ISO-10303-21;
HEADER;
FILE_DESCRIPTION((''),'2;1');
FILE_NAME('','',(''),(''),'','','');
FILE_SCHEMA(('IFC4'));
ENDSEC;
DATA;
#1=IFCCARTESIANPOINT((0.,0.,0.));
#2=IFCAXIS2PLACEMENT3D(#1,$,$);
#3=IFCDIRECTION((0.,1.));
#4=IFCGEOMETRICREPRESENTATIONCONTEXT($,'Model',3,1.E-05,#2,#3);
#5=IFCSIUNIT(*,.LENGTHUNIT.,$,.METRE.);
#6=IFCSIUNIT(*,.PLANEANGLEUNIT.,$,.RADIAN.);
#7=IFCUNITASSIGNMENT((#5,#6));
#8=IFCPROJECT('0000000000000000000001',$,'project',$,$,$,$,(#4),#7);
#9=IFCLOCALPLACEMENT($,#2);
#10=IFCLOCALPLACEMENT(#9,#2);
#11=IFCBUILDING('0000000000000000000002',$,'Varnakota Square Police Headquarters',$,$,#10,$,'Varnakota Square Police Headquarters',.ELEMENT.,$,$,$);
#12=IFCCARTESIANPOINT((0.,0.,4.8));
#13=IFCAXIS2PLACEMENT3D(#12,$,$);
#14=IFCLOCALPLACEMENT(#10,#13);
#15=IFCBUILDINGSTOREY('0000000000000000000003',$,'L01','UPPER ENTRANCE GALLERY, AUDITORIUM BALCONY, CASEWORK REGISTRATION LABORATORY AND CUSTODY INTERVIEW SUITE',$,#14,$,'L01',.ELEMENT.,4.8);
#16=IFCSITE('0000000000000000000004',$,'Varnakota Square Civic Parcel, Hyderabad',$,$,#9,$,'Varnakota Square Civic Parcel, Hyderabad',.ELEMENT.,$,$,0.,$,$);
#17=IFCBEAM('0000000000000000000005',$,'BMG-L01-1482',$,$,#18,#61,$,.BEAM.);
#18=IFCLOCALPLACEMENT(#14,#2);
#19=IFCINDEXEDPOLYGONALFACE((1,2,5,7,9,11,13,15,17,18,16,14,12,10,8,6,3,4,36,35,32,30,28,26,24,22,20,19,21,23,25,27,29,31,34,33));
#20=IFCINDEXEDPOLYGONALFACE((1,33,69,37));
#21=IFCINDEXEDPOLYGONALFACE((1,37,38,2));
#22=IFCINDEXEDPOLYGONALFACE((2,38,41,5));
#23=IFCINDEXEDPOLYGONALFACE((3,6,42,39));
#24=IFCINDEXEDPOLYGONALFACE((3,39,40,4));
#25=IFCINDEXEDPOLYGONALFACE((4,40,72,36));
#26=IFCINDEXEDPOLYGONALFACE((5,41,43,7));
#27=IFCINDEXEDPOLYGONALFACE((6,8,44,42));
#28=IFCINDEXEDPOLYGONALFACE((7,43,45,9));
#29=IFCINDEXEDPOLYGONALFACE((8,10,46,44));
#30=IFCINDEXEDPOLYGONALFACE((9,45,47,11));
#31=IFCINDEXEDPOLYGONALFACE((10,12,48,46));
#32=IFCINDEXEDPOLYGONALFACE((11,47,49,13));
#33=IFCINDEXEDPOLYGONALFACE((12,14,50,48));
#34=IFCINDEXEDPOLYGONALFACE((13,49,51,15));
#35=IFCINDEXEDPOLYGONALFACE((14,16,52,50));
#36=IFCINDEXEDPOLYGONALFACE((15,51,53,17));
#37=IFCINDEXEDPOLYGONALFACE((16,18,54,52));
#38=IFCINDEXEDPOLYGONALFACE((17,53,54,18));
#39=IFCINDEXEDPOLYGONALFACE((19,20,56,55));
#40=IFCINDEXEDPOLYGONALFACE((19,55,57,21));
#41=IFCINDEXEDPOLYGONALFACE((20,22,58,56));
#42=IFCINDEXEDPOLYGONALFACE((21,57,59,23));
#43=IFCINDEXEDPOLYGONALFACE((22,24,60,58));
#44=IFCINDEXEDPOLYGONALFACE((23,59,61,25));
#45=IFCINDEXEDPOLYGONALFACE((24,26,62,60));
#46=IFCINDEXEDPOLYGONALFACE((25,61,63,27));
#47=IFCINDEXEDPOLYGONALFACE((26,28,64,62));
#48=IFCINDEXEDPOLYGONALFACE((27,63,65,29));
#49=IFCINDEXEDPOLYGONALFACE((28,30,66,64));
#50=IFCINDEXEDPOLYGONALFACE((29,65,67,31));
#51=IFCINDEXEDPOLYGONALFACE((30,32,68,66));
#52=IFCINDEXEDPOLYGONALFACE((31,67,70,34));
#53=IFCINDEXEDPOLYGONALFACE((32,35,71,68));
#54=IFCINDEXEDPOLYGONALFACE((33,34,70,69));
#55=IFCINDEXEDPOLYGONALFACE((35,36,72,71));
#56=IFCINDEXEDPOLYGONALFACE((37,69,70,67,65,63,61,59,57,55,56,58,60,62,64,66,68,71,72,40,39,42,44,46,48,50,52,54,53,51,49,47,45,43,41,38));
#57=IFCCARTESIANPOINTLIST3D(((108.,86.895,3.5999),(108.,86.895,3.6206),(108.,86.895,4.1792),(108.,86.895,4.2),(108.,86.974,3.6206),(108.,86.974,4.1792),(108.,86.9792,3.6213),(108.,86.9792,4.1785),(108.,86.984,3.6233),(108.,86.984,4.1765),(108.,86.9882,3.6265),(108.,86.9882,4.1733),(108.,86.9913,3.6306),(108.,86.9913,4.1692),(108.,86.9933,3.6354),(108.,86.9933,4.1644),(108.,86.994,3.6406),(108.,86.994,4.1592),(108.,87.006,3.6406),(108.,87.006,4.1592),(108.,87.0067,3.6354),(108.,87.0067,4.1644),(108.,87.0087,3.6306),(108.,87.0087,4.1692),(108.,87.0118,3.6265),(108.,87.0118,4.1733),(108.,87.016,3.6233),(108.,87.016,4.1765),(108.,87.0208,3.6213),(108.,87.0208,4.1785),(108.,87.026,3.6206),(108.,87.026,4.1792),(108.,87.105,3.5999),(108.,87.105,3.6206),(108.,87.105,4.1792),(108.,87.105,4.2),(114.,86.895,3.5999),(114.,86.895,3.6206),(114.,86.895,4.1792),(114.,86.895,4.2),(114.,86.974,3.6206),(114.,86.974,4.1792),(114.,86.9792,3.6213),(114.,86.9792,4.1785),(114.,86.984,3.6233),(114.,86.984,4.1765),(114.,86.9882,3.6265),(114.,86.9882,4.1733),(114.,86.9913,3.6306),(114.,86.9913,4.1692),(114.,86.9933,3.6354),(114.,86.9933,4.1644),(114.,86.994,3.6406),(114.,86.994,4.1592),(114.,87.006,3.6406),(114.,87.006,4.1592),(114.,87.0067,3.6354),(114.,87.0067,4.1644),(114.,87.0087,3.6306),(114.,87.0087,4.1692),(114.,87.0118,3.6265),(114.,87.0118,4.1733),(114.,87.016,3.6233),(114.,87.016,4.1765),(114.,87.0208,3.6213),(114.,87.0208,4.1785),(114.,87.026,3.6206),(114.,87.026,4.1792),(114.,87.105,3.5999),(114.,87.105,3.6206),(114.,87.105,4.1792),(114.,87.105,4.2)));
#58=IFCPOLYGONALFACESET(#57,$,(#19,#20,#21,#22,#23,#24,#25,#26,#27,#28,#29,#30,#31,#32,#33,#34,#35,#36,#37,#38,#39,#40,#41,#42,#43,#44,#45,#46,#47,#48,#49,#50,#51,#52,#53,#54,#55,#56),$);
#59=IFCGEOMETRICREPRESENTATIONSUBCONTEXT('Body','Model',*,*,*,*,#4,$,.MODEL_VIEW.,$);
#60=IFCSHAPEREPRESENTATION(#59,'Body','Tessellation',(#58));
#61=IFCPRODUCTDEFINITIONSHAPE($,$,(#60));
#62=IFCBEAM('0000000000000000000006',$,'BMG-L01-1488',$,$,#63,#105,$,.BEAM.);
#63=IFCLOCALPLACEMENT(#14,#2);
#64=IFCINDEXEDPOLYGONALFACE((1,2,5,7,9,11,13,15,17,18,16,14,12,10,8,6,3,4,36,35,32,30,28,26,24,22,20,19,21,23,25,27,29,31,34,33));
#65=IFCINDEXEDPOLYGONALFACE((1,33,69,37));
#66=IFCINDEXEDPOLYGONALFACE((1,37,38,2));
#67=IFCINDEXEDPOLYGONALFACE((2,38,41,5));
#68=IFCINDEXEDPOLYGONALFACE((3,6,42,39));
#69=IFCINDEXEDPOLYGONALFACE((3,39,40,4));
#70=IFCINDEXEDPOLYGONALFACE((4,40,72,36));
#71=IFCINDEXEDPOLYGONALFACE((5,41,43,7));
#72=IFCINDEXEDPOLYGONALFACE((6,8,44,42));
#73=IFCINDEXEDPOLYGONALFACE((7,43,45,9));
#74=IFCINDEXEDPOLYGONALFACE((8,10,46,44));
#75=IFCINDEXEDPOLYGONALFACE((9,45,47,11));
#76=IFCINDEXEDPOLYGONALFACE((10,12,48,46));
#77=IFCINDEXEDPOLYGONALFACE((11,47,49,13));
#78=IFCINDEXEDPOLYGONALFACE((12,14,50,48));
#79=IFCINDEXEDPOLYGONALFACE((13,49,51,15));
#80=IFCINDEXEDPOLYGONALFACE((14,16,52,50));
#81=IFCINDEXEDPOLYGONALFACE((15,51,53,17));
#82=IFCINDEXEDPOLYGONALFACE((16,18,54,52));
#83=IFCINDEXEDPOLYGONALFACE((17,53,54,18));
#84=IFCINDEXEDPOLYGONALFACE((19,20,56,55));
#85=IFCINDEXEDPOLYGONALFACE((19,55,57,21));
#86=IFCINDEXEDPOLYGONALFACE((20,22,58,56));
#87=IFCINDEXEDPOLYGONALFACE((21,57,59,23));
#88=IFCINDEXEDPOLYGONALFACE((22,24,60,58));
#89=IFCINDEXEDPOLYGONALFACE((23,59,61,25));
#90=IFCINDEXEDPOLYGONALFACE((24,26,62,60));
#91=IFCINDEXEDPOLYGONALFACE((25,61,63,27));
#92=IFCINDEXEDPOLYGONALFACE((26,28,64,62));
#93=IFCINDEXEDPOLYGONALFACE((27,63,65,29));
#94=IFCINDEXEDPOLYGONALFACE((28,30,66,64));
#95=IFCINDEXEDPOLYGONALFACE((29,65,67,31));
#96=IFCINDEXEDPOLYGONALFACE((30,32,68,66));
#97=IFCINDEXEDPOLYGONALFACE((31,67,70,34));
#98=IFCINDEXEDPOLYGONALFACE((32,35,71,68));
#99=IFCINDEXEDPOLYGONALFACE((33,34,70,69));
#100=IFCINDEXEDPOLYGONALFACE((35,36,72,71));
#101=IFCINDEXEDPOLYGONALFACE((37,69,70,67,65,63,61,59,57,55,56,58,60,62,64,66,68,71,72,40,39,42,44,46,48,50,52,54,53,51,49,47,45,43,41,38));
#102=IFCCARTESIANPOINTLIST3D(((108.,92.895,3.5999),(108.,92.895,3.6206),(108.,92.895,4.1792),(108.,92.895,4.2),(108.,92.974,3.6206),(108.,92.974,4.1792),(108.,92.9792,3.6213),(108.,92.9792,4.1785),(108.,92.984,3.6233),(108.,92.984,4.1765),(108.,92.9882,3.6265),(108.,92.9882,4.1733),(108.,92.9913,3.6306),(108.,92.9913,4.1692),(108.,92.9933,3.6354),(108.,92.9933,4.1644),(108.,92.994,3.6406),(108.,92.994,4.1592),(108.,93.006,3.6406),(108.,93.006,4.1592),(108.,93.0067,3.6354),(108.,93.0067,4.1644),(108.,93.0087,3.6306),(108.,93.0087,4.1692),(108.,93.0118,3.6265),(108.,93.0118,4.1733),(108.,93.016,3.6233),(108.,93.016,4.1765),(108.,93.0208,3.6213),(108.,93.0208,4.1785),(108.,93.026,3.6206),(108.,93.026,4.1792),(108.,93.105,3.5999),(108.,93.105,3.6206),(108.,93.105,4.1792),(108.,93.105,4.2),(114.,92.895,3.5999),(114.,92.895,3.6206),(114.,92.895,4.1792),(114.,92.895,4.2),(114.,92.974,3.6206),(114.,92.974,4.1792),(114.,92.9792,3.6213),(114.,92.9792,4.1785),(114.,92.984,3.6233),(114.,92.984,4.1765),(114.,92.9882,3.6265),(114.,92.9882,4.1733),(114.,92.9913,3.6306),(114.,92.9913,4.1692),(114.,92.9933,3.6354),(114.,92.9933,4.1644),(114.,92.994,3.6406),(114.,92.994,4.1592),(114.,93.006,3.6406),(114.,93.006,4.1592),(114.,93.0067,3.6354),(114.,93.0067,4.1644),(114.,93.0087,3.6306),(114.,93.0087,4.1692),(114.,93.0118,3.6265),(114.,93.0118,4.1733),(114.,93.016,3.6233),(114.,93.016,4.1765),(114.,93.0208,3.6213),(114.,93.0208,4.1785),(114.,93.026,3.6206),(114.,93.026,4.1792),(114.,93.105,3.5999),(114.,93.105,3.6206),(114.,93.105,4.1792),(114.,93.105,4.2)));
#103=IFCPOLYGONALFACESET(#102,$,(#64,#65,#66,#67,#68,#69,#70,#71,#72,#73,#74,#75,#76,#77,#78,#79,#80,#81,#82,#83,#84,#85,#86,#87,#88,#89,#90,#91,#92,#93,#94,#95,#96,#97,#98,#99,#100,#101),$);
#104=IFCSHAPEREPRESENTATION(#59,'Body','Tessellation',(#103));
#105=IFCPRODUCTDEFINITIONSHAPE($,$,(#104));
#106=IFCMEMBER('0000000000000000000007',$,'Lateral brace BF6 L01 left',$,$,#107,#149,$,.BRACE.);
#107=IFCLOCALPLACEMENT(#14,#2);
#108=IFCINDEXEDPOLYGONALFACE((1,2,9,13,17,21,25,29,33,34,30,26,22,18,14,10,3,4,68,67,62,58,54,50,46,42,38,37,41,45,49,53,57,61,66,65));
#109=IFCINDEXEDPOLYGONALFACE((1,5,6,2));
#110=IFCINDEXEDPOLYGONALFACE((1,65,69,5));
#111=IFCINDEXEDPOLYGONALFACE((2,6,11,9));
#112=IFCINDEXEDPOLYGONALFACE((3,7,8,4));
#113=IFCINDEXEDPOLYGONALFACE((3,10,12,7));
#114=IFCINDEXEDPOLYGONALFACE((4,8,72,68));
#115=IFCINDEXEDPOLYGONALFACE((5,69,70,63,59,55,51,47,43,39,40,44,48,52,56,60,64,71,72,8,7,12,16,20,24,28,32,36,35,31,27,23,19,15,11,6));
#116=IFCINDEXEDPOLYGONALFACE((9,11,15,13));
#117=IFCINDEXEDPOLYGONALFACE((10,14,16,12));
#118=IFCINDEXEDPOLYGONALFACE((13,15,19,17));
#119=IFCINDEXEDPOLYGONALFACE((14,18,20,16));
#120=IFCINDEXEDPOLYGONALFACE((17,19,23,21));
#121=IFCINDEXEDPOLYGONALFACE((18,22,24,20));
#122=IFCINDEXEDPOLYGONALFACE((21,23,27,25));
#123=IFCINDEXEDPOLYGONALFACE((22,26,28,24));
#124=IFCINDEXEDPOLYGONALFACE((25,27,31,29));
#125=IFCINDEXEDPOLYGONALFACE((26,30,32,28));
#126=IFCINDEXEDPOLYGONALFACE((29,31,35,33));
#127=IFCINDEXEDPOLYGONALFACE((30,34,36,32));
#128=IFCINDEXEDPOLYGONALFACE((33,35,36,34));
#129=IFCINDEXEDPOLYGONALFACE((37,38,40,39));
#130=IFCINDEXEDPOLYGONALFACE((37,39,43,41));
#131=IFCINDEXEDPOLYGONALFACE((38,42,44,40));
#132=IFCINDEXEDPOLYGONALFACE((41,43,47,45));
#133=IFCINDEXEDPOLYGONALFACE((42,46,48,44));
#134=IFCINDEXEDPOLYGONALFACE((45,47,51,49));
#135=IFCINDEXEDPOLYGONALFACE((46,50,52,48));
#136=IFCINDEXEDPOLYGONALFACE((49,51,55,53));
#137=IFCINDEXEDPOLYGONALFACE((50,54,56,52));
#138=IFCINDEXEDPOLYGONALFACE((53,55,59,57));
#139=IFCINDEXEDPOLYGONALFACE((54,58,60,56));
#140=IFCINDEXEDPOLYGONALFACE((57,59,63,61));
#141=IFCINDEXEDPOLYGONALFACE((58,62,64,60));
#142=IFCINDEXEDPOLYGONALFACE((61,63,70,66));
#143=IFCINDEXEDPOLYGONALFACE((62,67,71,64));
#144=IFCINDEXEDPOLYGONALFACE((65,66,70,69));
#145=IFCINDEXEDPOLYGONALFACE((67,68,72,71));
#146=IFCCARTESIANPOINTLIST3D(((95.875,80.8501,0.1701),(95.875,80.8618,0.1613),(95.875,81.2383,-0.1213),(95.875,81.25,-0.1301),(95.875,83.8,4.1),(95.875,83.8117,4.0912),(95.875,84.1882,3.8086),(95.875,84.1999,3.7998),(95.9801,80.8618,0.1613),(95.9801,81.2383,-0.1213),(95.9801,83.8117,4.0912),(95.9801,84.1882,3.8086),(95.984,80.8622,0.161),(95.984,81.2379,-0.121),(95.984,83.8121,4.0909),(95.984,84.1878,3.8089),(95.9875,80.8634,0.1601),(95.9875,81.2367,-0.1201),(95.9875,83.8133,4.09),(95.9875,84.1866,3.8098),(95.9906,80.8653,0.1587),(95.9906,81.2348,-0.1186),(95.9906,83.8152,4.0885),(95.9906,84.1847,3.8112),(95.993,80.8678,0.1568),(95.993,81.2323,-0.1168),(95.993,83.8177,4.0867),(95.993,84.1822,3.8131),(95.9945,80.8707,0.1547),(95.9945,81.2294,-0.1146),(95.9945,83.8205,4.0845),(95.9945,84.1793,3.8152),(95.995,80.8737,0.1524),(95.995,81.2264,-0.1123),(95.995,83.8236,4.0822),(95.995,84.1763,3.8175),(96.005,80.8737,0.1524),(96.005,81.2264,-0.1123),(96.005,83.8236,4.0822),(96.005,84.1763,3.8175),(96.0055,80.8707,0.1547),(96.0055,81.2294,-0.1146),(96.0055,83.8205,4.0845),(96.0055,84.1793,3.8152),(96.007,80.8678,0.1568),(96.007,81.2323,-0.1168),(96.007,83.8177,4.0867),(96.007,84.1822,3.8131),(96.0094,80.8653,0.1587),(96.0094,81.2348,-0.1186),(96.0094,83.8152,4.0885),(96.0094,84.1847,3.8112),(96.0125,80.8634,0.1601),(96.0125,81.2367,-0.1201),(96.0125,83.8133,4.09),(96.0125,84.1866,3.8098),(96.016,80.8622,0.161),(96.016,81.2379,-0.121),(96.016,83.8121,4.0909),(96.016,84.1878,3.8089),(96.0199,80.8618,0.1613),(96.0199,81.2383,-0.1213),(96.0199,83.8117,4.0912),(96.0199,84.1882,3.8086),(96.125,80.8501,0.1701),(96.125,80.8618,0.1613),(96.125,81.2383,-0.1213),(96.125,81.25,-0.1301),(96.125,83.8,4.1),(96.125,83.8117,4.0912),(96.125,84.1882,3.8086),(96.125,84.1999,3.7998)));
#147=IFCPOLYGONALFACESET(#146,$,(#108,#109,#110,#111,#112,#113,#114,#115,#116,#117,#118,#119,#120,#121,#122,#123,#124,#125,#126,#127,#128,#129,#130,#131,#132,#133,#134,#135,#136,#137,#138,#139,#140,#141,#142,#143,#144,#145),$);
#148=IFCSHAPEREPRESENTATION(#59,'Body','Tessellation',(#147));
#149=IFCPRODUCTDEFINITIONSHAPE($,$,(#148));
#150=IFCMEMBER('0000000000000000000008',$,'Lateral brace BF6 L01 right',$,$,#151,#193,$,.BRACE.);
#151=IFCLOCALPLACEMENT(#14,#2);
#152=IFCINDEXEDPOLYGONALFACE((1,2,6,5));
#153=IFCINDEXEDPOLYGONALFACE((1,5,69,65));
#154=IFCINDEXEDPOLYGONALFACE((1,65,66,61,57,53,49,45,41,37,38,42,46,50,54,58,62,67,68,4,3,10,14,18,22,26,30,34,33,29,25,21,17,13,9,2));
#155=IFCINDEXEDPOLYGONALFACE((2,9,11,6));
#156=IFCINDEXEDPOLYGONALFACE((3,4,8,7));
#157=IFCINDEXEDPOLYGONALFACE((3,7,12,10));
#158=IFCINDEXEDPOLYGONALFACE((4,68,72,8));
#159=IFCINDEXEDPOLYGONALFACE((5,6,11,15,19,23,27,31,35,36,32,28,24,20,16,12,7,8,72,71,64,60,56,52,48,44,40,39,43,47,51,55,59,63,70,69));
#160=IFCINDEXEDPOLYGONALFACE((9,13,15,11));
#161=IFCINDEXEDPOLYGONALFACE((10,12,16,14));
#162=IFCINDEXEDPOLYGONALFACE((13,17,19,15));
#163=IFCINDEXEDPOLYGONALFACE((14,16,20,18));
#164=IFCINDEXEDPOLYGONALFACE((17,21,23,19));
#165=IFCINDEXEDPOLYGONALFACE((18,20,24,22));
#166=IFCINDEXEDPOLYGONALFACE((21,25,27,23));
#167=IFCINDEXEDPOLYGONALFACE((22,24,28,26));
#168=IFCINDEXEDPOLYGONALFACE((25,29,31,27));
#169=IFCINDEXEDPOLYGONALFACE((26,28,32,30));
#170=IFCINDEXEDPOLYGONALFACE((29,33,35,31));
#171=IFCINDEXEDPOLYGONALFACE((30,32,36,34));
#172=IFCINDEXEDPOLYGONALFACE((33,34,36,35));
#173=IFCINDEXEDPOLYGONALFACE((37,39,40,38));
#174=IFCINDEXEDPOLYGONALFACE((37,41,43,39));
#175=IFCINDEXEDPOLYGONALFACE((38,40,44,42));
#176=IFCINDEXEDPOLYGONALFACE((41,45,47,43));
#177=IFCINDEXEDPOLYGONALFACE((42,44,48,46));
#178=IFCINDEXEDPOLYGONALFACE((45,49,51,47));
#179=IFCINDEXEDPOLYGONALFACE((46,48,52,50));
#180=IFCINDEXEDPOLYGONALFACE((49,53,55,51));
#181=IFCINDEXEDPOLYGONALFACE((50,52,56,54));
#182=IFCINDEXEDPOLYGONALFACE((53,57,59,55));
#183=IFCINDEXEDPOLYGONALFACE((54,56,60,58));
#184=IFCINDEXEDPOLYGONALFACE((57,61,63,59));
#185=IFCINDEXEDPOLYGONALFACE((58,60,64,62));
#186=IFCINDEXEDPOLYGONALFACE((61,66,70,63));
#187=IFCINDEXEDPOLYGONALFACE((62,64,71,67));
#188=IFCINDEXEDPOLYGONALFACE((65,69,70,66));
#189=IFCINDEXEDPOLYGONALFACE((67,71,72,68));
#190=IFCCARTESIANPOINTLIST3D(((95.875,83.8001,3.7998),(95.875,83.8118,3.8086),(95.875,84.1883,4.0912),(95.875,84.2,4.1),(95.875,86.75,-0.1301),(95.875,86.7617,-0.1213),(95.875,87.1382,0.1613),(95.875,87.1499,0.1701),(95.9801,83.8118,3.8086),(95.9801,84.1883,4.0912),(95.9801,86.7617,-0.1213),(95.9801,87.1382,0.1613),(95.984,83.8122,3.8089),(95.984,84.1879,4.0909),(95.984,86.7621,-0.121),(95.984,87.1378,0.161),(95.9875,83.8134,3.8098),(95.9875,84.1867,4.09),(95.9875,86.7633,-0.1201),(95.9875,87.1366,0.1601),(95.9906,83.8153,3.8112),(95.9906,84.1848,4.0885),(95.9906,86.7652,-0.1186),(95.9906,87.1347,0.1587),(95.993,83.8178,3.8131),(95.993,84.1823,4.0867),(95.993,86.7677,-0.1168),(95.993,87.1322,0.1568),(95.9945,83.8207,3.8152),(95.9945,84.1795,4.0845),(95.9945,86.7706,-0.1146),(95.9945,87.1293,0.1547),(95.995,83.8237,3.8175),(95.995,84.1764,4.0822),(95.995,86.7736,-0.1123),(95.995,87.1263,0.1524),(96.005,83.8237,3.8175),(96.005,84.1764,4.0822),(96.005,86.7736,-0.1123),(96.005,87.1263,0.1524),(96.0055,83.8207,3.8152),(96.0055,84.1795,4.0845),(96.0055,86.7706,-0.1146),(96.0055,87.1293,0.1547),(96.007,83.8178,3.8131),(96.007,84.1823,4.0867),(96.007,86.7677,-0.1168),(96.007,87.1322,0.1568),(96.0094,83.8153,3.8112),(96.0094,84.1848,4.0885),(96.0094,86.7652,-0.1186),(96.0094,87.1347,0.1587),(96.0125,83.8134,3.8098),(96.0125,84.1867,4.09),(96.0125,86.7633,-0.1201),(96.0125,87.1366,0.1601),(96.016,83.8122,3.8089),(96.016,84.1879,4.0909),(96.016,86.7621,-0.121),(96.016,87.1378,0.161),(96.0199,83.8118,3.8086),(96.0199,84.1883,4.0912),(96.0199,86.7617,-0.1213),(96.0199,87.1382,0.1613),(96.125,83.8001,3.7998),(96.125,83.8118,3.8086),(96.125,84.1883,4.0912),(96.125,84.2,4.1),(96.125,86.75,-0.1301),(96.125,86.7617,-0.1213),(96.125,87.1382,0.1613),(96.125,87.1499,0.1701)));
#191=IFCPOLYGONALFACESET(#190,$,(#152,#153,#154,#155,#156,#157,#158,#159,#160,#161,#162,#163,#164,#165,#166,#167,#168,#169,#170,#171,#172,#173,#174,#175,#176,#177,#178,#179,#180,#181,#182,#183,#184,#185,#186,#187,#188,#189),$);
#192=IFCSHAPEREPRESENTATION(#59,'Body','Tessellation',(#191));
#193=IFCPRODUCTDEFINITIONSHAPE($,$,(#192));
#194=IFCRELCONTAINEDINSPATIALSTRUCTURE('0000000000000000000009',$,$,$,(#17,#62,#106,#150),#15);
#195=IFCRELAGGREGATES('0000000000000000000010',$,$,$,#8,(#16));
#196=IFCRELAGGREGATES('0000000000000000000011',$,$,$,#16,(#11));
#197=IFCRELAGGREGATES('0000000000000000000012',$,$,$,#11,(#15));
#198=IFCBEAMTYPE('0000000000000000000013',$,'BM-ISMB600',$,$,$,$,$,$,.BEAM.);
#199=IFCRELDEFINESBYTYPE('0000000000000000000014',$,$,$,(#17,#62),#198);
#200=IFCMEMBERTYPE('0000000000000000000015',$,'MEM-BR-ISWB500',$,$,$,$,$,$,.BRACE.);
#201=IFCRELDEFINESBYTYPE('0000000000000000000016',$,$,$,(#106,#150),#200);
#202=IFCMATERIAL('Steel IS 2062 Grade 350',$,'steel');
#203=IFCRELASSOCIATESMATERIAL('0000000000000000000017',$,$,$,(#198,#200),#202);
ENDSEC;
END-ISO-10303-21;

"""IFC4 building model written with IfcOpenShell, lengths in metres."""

from ifc_helpers import new_model, si_unit, direction, frame, origin, origin_2d, place, context, subcontext, project, spatial, i_section, extrude, material, material_profile, profile_set, type_object, element, save


model = new_model("IFC4")

# Units and contexts
model_context = context("Model", 3, precision=1e-05, world=origin(), true_north=direction((0.0, 1.0)))
body_context = subcontext(model_context, "Body", "Model", "MODEL_VIEW")
ifc_project = project(units=[si_unit("LENGTHUNIT", "METRE"), si_unit("PLANEANGLEUNIT", "RADIAN")], contexts=[model_context])

# Site, building, storey
site_placement = place(None, origin())
site = spatial("IfcSite", under=ifc_project, at=site_placement, Name="Varnakota Square Civic Parcel, Hyderabad", LongName="Varnakota Square Civic Parcel, Hyderabad", CompositionType="ELEMENT", RefElevation=0.0)
building_placement = place(site_placement, origin())
building = spatial("IfcBuilding", under=site, at=building_placement, Name="Varnakota Square Police Headquarters", LongName="Varnakota Square Police Headquarters", CompositionType="ELEMENT")
storey_placement = place(building_placement, frame((0.0, 0.0, 4.8)))
storey = spatial("IfcBuildingStorey", under=building, at=storey_placement, Name="L01", Description="UPPER ENTRANCE GALLERY, AUDITORIUM BALCONY, CASEWORK REGISTRATION LABORATORY AND CUSTODY INTERVIEW SUITE", LongName="L01", CompositionType="ELEMENT", Elevation=4.8)

# Shared definitions
ifc_material_1 = material(Name="Steel IS 2062 Grade 350", Category="steel")

# Beams
ifc_material_profile_1 = material_profile(ifc_material_1, i_section(OverallWidth=0.21, OverallDepth=0.6001, WebThickness=0.012, FlangeThickness=0.0208, FilletRadius=0.02, at=origin_2d()), Name="ISMB 600")
ifc_profile_set_1 = profile_set([ifc_material_profile_1], Name="Steel IS 2062 Grade 350")
beam_type_1 = type_object("IfcBeamType", Name="BM-ISMB600", PredefinedType="BEAM", material=ifc_profile_set_1)
for number, where, z_axis, x_axis, name in (
    (1, (108.0, 87.0, 3.8999), (1.0, 0.0, 0.0), (0.0, 1.0, 0.0), "BMG-L01-1482"),
    (2, (108.0, 93.0, 3.8999), (1.0, 0.0, 0.0), (0.0, 1.0, 0.0), "BMG-L01-1488"),
):
    element("IfcBeam", number, at=place(storey_placement, frame(where, z_axis=z_axis, x_axis=x_axis)), inside=storey, type_object=beam_type_1, Name=name, PredefinedType="BEAM", context=body_context, shape_type="SweptSolid", body=[
        extrude(i_section(OverallWidth=0.21, OverallDepth=0.6001, WebThickness=0.012, FlangeThickness=0.0208, FilletRadius=0.02, at=origin_2d()), origin(), (0.0, 0.0, 1.0), 6.0),
    ])

# Members
ifc_material_profile_2 = material_profile(ifc_material_1, i_section(OverallWidth=0.25, OverallDepth=0.5, WebThickness=0.01, FlangeThickness=0.0146, FilletRadius=0.0149, at=origin_2d()), Name="ISWB 500")
ifc_profile_set_2 = profile_set([ifc_material_profile_2], Name="Steel IS 2062 Grade 350")
member_type = type_object("IfcMemberType", Name="MEM-BR-ISWB500", PredefinedType="BRACE", material=ifc_profile_set_2)
for number, where, z_axis, x_axis, name in (
    (3, (96.0, 81.05, 0.02), (0.0, 0.600326, 0.799755), (-1.0, 0.0, 0.0), "Lateral brace BF6 L01 left"),
    (4, (96.0, 86.95, 0.02), (0.0, -0.600326, 0.799755), (1.0, 0.0, 0.0), "Lateral brace BF6 L01 right"),
):
    element("IfcMember", number, at=place(storey_placement, frame(where, z_axis=z_axis, x_axis=x_axis)), inside=storey, type_object=member_type, Name=name, PredefinedType="BRACE", context=body_context, shape_type="SweptSolid", body=[
        extrude(i_section(OverallWidth=0.25, OverallDepth=0.5, WebThickness=0.01, FlangeThickness=0.0146, FilletRadius=0.0149, at=origin_2d()), origin(), (0.0, 0.0, 1.0), 4.9138),
    ])

save(model, "model.ifc")
